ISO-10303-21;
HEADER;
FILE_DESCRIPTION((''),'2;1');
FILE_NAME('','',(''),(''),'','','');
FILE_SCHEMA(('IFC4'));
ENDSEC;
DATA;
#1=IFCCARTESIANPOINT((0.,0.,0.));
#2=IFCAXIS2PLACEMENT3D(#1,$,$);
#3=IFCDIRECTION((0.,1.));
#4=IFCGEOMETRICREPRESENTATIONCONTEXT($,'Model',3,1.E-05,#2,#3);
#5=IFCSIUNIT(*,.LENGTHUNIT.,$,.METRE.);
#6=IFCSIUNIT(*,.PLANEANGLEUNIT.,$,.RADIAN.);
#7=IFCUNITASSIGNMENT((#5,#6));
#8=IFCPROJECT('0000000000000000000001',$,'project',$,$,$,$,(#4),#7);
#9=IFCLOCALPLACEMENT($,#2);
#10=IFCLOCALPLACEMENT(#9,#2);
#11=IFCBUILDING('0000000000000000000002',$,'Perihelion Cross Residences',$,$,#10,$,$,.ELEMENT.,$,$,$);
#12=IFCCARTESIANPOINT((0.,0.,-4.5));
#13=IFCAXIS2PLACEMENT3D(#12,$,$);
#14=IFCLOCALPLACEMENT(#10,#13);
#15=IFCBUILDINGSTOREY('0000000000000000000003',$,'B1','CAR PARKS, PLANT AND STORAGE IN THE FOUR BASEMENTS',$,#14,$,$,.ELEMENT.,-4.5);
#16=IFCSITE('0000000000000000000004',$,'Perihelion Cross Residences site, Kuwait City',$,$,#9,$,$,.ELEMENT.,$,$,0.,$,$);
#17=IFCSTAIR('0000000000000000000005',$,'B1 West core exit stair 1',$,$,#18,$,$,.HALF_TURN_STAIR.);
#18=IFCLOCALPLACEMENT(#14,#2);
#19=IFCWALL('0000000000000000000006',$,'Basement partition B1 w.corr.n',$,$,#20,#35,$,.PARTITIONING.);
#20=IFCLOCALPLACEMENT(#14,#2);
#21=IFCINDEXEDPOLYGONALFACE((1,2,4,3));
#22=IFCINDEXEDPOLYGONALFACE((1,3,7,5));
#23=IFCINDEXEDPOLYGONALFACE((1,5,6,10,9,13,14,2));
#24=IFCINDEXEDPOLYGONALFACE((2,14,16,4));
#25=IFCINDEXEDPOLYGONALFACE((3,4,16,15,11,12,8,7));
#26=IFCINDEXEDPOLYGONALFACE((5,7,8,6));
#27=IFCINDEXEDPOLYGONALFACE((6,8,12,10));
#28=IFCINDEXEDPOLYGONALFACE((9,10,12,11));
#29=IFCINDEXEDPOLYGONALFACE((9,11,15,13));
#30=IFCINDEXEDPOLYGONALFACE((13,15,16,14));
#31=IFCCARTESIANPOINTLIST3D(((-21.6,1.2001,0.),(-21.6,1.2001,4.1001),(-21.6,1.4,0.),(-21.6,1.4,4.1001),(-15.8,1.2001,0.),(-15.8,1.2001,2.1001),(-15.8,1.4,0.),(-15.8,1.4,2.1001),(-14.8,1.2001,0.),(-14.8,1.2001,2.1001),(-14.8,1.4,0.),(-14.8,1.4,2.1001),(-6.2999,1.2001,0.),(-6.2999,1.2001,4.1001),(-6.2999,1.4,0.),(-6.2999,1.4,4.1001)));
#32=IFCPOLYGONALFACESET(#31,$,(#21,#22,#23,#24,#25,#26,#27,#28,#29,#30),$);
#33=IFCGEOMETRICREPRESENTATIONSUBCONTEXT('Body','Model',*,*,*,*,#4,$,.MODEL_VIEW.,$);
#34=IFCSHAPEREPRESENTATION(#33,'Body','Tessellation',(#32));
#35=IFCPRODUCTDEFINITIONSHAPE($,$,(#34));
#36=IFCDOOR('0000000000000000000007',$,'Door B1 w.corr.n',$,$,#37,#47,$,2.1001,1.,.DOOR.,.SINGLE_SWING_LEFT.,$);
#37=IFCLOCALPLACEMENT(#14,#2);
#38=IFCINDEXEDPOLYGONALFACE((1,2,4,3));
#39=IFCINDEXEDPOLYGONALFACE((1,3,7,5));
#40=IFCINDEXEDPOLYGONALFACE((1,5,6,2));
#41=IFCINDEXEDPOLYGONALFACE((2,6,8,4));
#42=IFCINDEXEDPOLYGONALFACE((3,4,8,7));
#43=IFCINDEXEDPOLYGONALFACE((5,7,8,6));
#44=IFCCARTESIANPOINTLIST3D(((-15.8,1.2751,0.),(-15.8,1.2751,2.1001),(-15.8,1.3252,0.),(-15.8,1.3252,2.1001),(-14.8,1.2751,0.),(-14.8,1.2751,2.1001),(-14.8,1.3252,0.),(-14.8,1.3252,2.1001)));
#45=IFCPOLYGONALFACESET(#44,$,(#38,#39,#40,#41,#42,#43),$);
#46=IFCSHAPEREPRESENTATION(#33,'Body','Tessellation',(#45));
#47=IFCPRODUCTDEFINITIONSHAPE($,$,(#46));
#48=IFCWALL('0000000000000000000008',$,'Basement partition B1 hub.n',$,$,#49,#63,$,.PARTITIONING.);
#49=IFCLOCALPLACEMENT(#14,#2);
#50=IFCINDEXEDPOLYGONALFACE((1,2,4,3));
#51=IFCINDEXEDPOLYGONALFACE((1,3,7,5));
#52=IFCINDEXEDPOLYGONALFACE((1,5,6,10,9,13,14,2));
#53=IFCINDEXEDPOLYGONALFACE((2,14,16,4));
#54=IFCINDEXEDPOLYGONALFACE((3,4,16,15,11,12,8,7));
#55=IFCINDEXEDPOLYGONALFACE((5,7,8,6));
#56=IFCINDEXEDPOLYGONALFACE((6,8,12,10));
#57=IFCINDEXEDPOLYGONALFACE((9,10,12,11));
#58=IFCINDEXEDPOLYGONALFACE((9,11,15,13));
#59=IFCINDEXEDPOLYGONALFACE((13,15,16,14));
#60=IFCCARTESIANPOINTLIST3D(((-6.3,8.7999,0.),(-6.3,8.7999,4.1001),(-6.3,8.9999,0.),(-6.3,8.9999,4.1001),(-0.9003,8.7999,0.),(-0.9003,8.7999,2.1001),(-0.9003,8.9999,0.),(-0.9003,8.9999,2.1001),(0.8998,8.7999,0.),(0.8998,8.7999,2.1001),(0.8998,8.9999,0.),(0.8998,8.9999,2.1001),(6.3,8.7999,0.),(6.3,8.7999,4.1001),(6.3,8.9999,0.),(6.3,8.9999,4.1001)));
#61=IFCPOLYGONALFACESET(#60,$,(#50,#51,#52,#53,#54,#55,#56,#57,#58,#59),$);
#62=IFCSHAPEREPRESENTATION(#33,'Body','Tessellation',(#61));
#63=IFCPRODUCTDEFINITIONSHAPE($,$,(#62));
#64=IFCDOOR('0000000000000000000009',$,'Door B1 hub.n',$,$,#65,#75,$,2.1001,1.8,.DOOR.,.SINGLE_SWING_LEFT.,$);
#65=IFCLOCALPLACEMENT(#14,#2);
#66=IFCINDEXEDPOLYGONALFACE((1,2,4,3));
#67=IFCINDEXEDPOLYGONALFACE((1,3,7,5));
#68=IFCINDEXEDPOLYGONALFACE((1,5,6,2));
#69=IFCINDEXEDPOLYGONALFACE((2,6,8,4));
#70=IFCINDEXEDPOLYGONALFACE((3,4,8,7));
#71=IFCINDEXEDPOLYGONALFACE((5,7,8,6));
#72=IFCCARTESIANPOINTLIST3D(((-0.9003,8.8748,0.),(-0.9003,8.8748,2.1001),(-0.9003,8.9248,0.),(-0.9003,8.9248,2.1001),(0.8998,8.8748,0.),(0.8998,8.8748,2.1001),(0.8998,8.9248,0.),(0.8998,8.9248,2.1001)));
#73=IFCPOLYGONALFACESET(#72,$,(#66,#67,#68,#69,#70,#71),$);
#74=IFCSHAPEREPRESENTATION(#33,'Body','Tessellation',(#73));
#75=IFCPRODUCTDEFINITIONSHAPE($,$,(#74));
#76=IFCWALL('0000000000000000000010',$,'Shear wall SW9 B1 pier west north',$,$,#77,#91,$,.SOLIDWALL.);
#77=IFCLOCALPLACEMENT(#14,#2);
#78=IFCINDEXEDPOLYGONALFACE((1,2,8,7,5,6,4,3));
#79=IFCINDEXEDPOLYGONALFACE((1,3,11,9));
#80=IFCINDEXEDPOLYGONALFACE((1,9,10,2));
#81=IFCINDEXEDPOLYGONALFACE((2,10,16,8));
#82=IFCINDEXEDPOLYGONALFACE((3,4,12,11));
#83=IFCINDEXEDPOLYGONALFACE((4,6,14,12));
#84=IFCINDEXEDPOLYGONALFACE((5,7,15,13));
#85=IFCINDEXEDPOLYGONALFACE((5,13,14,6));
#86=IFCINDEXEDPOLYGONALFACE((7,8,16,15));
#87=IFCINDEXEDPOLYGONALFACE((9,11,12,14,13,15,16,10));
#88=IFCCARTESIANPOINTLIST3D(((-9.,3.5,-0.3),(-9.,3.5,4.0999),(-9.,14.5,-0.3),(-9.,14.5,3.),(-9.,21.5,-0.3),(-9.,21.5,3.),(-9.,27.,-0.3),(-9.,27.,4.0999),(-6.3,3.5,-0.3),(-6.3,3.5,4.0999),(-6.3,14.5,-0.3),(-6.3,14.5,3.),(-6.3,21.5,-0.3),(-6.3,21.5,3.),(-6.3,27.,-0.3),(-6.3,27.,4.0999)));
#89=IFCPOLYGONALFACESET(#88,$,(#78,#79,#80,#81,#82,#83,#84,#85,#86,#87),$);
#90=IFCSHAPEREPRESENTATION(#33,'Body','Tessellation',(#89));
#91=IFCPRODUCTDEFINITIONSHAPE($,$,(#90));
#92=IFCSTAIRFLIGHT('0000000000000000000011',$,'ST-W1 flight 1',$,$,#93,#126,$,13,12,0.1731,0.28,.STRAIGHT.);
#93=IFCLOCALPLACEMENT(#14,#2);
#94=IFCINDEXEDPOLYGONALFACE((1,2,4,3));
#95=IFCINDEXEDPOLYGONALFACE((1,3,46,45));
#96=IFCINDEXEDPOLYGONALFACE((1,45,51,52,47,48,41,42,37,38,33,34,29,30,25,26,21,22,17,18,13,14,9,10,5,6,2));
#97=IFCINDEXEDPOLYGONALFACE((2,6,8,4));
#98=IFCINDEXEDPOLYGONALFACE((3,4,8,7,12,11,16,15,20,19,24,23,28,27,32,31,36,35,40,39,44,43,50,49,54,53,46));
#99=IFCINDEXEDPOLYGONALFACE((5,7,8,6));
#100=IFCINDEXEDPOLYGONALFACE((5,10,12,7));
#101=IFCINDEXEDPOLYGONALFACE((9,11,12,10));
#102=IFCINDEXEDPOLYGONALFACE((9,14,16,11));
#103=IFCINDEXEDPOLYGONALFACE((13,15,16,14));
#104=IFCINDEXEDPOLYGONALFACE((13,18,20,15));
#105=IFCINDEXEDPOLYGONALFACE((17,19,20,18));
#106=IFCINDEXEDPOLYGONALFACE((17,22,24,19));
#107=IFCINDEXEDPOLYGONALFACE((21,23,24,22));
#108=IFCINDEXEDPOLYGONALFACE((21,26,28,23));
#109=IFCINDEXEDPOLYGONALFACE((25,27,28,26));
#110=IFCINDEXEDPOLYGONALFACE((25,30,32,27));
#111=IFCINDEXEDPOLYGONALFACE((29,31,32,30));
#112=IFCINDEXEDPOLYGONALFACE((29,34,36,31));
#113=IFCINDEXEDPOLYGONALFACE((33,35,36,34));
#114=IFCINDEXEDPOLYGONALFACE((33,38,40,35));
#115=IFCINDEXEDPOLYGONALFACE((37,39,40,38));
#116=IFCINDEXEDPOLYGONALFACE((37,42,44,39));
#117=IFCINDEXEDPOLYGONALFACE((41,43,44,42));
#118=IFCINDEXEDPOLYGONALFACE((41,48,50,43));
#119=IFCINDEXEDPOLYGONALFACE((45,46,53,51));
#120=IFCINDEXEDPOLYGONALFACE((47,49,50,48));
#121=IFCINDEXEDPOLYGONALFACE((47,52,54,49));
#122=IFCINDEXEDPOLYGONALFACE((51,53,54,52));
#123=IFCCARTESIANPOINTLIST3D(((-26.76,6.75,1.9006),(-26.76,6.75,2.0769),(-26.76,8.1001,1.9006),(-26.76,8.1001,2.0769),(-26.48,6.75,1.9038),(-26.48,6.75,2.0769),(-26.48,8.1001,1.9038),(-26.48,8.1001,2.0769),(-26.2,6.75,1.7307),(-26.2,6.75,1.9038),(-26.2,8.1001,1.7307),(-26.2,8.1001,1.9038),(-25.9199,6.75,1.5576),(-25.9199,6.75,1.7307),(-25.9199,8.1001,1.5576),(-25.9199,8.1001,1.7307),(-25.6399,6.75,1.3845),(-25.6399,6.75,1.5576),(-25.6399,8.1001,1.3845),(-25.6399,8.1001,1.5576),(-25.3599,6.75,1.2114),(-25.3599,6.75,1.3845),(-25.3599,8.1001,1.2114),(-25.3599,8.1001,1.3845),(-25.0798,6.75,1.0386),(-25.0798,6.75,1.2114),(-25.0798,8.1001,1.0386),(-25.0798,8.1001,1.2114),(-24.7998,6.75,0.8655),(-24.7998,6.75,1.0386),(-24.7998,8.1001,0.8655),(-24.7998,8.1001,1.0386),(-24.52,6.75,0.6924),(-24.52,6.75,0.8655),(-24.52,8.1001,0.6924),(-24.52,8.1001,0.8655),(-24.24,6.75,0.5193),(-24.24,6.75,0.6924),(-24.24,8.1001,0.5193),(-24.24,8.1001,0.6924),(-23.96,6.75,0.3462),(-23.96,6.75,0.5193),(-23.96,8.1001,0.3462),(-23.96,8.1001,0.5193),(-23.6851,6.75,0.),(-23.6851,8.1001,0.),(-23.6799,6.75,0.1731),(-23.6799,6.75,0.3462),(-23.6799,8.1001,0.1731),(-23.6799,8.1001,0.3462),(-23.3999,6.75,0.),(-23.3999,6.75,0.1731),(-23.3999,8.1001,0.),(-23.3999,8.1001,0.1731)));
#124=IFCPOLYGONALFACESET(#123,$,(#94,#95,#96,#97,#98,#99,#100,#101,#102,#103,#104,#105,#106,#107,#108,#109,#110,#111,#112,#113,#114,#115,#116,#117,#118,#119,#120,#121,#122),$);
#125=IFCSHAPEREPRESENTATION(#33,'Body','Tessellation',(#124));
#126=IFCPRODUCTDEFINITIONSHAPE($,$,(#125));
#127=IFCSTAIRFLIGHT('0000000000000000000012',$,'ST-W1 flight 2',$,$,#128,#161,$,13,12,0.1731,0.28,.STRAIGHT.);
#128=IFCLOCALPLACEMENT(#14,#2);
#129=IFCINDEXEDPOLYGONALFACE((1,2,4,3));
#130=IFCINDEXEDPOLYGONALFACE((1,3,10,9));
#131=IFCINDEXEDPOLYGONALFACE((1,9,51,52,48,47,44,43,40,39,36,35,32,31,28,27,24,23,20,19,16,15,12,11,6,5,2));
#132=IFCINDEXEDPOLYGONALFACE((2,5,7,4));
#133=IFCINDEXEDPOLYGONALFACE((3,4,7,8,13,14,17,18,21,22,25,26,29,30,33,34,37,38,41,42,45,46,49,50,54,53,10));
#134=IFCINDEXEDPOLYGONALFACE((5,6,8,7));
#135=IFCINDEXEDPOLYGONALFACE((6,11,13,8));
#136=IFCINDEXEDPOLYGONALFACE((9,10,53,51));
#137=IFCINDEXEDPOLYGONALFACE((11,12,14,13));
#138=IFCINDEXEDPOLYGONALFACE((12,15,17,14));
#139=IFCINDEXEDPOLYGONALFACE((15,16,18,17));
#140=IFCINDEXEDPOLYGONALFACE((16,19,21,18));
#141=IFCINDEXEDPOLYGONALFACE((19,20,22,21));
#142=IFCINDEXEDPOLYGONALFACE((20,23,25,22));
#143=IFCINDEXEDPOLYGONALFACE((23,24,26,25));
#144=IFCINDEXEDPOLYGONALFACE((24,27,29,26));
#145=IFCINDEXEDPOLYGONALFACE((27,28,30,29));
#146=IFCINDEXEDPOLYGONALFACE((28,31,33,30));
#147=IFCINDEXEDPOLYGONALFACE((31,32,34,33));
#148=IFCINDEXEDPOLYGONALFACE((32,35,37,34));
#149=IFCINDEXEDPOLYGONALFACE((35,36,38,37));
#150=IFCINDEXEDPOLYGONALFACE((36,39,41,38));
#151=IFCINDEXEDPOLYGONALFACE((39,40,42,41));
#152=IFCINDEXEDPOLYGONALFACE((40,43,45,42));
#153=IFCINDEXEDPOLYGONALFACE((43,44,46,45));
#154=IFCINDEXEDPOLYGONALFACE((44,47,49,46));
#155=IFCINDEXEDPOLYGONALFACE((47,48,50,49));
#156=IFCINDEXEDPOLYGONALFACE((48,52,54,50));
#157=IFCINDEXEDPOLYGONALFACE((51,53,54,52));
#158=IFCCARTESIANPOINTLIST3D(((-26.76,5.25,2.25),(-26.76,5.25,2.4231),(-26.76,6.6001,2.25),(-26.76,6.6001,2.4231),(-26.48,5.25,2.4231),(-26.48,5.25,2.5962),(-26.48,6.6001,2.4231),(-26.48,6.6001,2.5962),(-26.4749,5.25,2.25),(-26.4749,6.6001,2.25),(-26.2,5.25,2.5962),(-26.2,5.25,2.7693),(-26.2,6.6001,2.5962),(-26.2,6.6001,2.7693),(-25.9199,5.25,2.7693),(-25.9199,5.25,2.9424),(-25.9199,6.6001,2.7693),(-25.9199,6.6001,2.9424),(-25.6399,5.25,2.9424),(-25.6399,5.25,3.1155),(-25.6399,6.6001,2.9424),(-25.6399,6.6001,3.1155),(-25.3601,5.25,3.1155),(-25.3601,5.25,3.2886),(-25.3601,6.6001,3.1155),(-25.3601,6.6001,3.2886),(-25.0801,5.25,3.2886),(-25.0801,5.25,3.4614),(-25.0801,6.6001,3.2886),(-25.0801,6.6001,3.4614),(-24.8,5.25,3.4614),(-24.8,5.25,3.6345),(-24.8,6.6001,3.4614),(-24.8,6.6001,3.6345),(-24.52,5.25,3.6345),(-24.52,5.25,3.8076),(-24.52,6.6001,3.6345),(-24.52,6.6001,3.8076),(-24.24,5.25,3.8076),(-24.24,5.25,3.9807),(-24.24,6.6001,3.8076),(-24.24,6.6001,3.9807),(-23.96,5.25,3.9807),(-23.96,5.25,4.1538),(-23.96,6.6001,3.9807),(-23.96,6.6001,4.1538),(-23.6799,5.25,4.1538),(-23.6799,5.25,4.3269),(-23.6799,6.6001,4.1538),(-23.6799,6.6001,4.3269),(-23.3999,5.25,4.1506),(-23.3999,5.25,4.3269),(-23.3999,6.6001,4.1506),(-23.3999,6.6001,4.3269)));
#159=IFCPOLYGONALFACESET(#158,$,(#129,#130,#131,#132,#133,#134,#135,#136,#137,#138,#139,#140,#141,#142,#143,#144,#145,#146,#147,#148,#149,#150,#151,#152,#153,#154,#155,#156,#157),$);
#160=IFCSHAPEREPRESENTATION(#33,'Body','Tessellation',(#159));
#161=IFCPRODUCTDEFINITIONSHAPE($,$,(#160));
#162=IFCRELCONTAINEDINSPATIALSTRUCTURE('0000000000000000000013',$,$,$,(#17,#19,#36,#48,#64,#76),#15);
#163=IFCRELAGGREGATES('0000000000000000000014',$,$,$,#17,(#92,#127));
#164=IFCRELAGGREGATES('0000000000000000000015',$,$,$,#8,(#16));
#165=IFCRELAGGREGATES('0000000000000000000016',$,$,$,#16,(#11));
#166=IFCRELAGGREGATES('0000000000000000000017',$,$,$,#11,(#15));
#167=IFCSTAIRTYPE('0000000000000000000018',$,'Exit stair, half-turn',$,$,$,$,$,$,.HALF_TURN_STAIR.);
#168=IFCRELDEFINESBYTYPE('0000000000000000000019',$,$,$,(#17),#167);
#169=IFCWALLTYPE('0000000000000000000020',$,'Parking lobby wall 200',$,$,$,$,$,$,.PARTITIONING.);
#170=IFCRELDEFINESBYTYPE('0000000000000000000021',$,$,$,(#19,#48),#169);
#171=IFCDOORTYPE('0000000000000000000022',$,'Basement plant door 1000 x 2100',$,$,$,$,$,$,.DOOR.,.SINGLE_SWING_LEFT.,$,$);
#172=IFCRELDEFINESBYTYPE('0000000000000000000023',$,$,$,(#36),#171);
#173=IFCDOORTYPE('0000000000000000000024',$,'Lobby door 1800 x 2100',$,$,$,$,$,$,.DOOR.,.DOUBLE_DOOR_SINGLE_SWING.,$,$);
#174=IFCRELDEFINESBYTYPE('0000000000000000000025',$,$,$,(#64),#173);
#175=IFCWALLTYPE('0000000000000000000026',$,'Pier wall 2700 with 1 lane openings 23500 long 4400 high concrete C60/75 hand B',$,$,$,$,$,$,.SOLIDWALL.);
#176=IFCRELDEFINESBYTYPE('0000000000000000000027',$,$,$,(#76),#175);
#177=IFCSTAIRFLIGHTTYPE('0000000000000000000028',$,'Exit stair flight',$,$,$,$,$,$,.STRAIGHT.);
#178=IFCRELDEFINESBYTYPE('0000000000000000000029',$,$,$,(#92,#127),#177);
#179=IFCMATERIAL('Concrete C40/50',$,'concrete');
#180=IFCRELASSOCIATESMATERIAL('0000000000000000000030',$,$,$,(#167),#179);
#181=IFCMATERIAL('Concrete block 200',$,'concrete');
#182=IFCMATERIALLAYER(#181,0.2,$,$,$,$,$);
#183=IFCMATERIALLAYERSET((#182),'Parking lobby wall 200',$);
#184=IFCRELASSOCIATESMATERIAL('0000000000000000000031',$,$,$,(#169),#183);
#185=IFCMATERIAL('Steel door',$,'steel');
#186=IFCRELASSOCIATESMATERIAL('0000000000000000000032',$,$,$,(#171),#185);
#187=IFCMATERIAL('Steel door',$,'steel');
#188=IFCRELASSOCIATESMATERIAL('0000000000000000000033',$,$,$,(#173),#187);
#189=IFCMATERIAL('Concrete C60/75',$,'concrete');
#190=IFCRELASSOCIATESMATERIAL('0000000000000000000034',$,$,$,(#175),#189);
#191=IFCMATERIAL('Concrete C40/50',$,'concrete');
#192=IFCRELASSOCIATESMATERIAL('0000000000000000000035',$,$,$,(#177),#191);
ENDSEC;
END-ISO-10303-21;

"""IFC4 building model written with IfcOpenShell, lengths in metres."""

from ifc_helpers import new_model, si_unit, direction, frame, frame_2d, origin, place, context, subcontext, project, spatial, polyline, rectangle, outline, extrude, material, layer, layer_set, material_profile, profile_set, type_object, element, fill, aggregate, save


model = new_model("IFC4")

# Units and contexts
model_context = context("Model", 3, precision=1e-05, world=origin(), true_north=direction((0.0, 1.0)))
body_context = subcontext(model_context, "Body", "Model", "MODEL_VIEW")
ifc_project = project(units=[si_unit("LENGTHUNIT", "METRE"), si_unit("PLANEANGLEUNIT", "RADIAN")], contexts=[model_context])

# Site, building, storey
site_placement = place(None, origin())
site = spatial("IfcSite", under=ifc_project, at=site_placement, Name="Perihelion Cross Residences site, Kuwait City", CompositionType="ELEMENT", RefElevation=0.0)
building_placement = place(site_placement, origin())
building = spatial("IfcBuilding", under=site, at=building_placement, Name="Perihelion Cross Residences", CompositionType="ELEMENT")
storey_placement = place(building_placement, frame((0.0, 0.0, -4.5)))
storey = spatial("IfcBuildingStorey", under=building, at=storey_placement, Name="B1", Description="CAR PARKS, PLANT AND STORAGE IN THE FOUR BASEMENTS", CompositionType="ELEMENT", Elevation=-4.5)

# Stair
ifc_material_1 = material(Name="Concrete C40/50", Category="concrete")
stair_type = type_object("IfcStairType", Name="Exit stair, half-turn", PredefinedType="HALF_TURN_STAIR", material=ifc_material_1)
stair_1_placement = place(storey_placement, origin())
stair_1 = element("IfcStair", 1, at=stair_1_placement, inside=storey, type_object=stair_type, Name="B1 West core exit stair 1", PredefinedType="HALF_TURN_STAIR")

# Walls, openings, doors
ifc_material_2 = material(Name="Concrete block 200", Category="concrete")
ifc_layer_1 = layer(ifc_material_2, 0.2)
ifc_layer_set_1 = layer_set([ifc_layer_1], Name="Parking lobby wall 200")
wall_type_1 = type_object("IfcWallType", Name="Parking lobby wall 200", PredefinedType="PARTITIONING", material=ifc_layer_set_1)
wall_1_placement = place(storey_placement, frame((-6.3, 1.3, 0.0), z_axis=(0.0, 0.0, 1.0), x_axis=(-1.0, 0.0, 0.0)))
wall_1 = element("IfcWall", 2, at=wall_1_placement, inside=storey, type_object=wall_type_1, Name="Basement partition B1 w.corr.n", PredefinedType="PARTITIONING", context=body_context, shape_type="SweptSolid", body=[
    extrude(rectangle(XDim=15.3, YDim=0.2, at=frame_2d((7.6499, 0.0))), origin(), (0.0, 0.0, 1.0), 4.1001),
])
opening_1_placement = place(wall_1_placement, frame((8.5, 0.0, 0.0)))
opening_1 = element("IfcOpeningElement", 3, at=opening_1_placement, cuts=wall_1, PredefinedType="OPENING", context=body_context, shape_type="SweptSolid", body=[
    extrude(rectangle(XDim=1.0, YDim=2.1001, at=frame_2d((0.5, 1.05))), frame((0.0, 0.1099, 0.0), z_axis=(0.0, -1.0, 0.0), x_axis=(1.0, 0.0, 0.0)), (0.0, 0.0, 1.0), 0.22),
])
ifc_material_3 = material(Name="Steel door", Category="steel")
door_type_1 = type_object("IfcDoorType", Name="Basement plant door 1000 x 2100", OperationType="SINGLE_SWING_LEFT", PredefinedType="DOOR", material=ifc_material_3)
door_1_placement = place(opening_1_placement, origin())
door_1 = element("IfcDoor", 4, at=door_1_placement, inside=storey, type_object=door_type_1, Name="Door B1 w.corr.n", OperationType="SINGLE_SWING_LEFT", OverallHeight=2.1001, OverallWidth=1.0, PredefinedType="DOOR", context=body_context, shape_type="SweptSolid", body=[
    extrude(rectangle(XDim=1.0, YDim=2.1001, at=frame_2d((0.5, 1.05))), frame((0.0, 0.0249, 0.0), z_axis=(0.0, -1.0, 0.0), x_axis=(1.0, 0.0, 0.0)), (0.0, 0.0, 1.0), 0.05),
])
fill(opening_1, door_1)
wall_2_placement = place(storey_placement, frame((-6.3, 8.8999, 0.0), z_axis=(0.0, 0.0, 1.0), x_axis=(1.0, 0.0, 0.0)))
wall_2 = element("IfcWall", 5, at=wall_2_placement, inside=storey, type_object=wall_type_1, Name="Basement partition B1 hub.n", PredefinedType="PARTITIONING", context=body_context, shape_type="SweptSolid", body=[
    extrude(rectangle(XDim=12.6001, YDim=0.2, at=frame_2d((6.3, 0.0))), origin(), (0.0, 0.0, 1.0), 4.1001),
])
opening_2_placement = place(wall_2_placement, frame((5.3999, 0.0, 0.0)))
opening_2 = element("IfcOpeningElement", 6, at=opening_2_placement, cuts=wall_2, PredefinedType="OPENING", context=body_context, shape_type="SweptSolid", body=[
    extrude(rectangle(XDim=1.8, YDim=2.1001, at=frame_2d((0.8999, 1.05))), frame((0.0, 0.1099, 0.0), z_axis=(0.0, -1.0, 0.0), x_axis=(1.0, 0.0, 0.0)), (0.0, 0.0, 1.0), 0.22),
])
ifc_material_4 = material(Name="Steel door", Category="steel")
door_type_2 = type_object("IfcDoorType", Name="Lobby door 1800 x 2100", OperationType="DOUBLE_DOOR_SINGLE_SWING", PredefinedType="DOOR", material=ifc_material_4)
door_2_placement = place(opening_2_placement, origin())
door_2 = element("IfcDoor", 7, at=door_2_placement, inside=storey, type_object=door_type_2, Name="Door B1 hub.n", OperationType="SINGLE_SWING_LEFT", OverallHeight=2.1001, OverallWidth=1.8, PredefinedType="DOOR", context=body_context, shape_type="SweptSolid", body=[
    extrude(rectangle(XDim=1.8, YDim=2.1001, at=frame_2d((0.8999, 1.05))), frame((0.0, 0.0249, 0.0), z_axis=(0.0, -1.0, 0.0), x_axis=(1.0, 0.0, 0.0)), (0.0, 0.0, 1.0), 0.05),
])
fill(opening_2, door_2)

# Wall
ifc_material_5 = material(Name="Concrete C60/75", Category="concrete")
ifc_material_profile_1 = material_profile(ifc_material_5, outline(polyline([(0.0, 0.0), (11.0, 0.0), (11.0, 3.3), (18.0, 3.3), (18.0, 0.0), (23.5, 0.0), (23.5, 4.3999), (0.0, 4.3999), (0.0, 0.0)])), Name="Pier wall")
ifc_profile_set_1 = profile_set([ifc_material_profile_1], Name="Concrete C60/75")
wall_type_2 = type_object("IfcWallType", Name="Pier wall 2700 with 1 lane openings 23500 long 4400 high concrete C60/75 hand B", PredefinedType="SOLIDWALL", material=ifc_profile_set_1)
wall_3_placement = place(storey_placement, frame((-9.0, 3.5, -0.3), z_axis=(1.0, 0.0, 0.0), x_axis=(0.0, 1.0, 0.0)))
element("IfcWall", 8, at=wall_3_placement, inside=storey, type_object=wall_type_2, Name="Shear wall SW9 B1 pier west north", PredefinedType="SOLIDWALL", context=body_context, shape_type="SweptSolid", body=[
    extrude(outline(polyline([(0.0, 0.0), (11.0, 0.0), (11.0, 3.3), (18.0, 3.3), (18.0, 0.0), (23.5, 0.0), (23.5, 4.3999), (0.0, 4.3999), (0.0, 0.0)])), origin(), (0.0, 0.0, 1.0), 2.7),
])

# Stair flights
ifc_material_6 = material(Name="Concrete C40/50", Category="concrete")
stair_flight_type = type_object("IfcStairFlightType", Name="Exit stair flight", PredefinedType="STRAIGHT", material=ifc_material_6)
stair_flight_1_placement = place(storey_placement, frame((-23.3999, 7.425, 0.0), z_axis=(0.0, 0.0, 1.0), x_axis=(-1.0, 0.0, 0.0)))
stair_flight_1 = element("IfcStairFlight", 9, at=stair_flight_1_placement, type_object=stair_flight_type, Name="ST-W1 flight 1", NumberOfRisers=13, NumberOfTreads=12, PredefinedType="STRAIGHT", RiserHeight=0.1731, TreadLength=0.28, context=body_context, shape_type="SweptSolid", body=[
    extrude(outline(polyline([(0.0, 0.0), (0.0, 0.1731), (0.28, 0.1731), (0.28, 0.3462), (0.5601, 0.3462), (0.5601, 0.5193), (0.8401, 0.5193), (0.8401, 0.6924), (1.1201, 0.6924), (1.1201, 0.8655), (1.3999, 0.8655), (1.3999, 1.0386), (1.6799, 1.0386), (1.6799, 1.2114), (1.96, 1.2114), (1.96, 1.3845), (2.24, 1.3845), (2.24, 1.5576), (2.52, 1.5576), (2.52, 1.7307), (2.8, 1.7307), (2.8, 1.9038), (3.0801, 1.9038), (3.0801, 2.0769), (3.3601, 2.0769), (3.3601, 2.25), (3.3601, 1.9006), (0.2852, 0.0), (0.0, 0.0)])), frame((0.0, 0.675, 0.0), z_axis=(0.0, -1.0, 0.0), x_axis=(1.0, 0.0, 0.0)), (0.0, 0.0, 1.0), 1.3501),
])
stair_flight_2_placement = place(storey_placement, frame((-26.76, 5.925, 2.25), z_axis=(0.0, 0.0, 1.0), x_axis=(1.0, 0.0, 0.0)))
stair_flight_2 = element("IfcStairFlight", 10, at=stair_flight_2_placement, type_object=stair_flight_type, Name="ST-W1 flight 2", NumberOfRisers=13, NumberOfTreads=12, PredefinedType="STRAIGHT", RiserHeight=0.1731, TreadLength=0.28, context=body_context, shape_type="SweptSolid", body=[
    extrude(outline(polyline([(0.0, 0.0), (0.0, 0.1731), (0.28, 0.1731), (0.28, 0.3462), (0.5601, 0.3462), (0.5601, 0.5193), (0.8401, 0.5193), (0.8401, 0.6924), (1.1201, 0.6924), (1.1201, 0.8655), (1.3999, 0.8655), (1.3999, 1.0386), (1.6799, 1.0386), (1.6799, 1.2114), (1.96, 1.2114), (1.96, 1.3845), (2.24, 1.3845), (2.24, 1.5576), (2.52, 1.5576), (2.52, 1.7307), (2.8, 1.7307), (2.8, 1.9038), (3.0801, 1.9038), (3.0801, 2.0769), (3.3601, 2.0769), (3.3601, 2.25), (3.3601, 1.9006), (0.2852, 0.0), (0.0, 0.0)])), frame((0.0, 0.675, 0.0), z_axis=(0.0, -1.0, 0.0), x_axis=(1.0, 0.0, 0.0)), (0.0, 0.0, 1.0), 1.3501),
])
aggregate(stair_1, [stair_flight_1, stair_flight_2])

save(model, "model.ifc")
